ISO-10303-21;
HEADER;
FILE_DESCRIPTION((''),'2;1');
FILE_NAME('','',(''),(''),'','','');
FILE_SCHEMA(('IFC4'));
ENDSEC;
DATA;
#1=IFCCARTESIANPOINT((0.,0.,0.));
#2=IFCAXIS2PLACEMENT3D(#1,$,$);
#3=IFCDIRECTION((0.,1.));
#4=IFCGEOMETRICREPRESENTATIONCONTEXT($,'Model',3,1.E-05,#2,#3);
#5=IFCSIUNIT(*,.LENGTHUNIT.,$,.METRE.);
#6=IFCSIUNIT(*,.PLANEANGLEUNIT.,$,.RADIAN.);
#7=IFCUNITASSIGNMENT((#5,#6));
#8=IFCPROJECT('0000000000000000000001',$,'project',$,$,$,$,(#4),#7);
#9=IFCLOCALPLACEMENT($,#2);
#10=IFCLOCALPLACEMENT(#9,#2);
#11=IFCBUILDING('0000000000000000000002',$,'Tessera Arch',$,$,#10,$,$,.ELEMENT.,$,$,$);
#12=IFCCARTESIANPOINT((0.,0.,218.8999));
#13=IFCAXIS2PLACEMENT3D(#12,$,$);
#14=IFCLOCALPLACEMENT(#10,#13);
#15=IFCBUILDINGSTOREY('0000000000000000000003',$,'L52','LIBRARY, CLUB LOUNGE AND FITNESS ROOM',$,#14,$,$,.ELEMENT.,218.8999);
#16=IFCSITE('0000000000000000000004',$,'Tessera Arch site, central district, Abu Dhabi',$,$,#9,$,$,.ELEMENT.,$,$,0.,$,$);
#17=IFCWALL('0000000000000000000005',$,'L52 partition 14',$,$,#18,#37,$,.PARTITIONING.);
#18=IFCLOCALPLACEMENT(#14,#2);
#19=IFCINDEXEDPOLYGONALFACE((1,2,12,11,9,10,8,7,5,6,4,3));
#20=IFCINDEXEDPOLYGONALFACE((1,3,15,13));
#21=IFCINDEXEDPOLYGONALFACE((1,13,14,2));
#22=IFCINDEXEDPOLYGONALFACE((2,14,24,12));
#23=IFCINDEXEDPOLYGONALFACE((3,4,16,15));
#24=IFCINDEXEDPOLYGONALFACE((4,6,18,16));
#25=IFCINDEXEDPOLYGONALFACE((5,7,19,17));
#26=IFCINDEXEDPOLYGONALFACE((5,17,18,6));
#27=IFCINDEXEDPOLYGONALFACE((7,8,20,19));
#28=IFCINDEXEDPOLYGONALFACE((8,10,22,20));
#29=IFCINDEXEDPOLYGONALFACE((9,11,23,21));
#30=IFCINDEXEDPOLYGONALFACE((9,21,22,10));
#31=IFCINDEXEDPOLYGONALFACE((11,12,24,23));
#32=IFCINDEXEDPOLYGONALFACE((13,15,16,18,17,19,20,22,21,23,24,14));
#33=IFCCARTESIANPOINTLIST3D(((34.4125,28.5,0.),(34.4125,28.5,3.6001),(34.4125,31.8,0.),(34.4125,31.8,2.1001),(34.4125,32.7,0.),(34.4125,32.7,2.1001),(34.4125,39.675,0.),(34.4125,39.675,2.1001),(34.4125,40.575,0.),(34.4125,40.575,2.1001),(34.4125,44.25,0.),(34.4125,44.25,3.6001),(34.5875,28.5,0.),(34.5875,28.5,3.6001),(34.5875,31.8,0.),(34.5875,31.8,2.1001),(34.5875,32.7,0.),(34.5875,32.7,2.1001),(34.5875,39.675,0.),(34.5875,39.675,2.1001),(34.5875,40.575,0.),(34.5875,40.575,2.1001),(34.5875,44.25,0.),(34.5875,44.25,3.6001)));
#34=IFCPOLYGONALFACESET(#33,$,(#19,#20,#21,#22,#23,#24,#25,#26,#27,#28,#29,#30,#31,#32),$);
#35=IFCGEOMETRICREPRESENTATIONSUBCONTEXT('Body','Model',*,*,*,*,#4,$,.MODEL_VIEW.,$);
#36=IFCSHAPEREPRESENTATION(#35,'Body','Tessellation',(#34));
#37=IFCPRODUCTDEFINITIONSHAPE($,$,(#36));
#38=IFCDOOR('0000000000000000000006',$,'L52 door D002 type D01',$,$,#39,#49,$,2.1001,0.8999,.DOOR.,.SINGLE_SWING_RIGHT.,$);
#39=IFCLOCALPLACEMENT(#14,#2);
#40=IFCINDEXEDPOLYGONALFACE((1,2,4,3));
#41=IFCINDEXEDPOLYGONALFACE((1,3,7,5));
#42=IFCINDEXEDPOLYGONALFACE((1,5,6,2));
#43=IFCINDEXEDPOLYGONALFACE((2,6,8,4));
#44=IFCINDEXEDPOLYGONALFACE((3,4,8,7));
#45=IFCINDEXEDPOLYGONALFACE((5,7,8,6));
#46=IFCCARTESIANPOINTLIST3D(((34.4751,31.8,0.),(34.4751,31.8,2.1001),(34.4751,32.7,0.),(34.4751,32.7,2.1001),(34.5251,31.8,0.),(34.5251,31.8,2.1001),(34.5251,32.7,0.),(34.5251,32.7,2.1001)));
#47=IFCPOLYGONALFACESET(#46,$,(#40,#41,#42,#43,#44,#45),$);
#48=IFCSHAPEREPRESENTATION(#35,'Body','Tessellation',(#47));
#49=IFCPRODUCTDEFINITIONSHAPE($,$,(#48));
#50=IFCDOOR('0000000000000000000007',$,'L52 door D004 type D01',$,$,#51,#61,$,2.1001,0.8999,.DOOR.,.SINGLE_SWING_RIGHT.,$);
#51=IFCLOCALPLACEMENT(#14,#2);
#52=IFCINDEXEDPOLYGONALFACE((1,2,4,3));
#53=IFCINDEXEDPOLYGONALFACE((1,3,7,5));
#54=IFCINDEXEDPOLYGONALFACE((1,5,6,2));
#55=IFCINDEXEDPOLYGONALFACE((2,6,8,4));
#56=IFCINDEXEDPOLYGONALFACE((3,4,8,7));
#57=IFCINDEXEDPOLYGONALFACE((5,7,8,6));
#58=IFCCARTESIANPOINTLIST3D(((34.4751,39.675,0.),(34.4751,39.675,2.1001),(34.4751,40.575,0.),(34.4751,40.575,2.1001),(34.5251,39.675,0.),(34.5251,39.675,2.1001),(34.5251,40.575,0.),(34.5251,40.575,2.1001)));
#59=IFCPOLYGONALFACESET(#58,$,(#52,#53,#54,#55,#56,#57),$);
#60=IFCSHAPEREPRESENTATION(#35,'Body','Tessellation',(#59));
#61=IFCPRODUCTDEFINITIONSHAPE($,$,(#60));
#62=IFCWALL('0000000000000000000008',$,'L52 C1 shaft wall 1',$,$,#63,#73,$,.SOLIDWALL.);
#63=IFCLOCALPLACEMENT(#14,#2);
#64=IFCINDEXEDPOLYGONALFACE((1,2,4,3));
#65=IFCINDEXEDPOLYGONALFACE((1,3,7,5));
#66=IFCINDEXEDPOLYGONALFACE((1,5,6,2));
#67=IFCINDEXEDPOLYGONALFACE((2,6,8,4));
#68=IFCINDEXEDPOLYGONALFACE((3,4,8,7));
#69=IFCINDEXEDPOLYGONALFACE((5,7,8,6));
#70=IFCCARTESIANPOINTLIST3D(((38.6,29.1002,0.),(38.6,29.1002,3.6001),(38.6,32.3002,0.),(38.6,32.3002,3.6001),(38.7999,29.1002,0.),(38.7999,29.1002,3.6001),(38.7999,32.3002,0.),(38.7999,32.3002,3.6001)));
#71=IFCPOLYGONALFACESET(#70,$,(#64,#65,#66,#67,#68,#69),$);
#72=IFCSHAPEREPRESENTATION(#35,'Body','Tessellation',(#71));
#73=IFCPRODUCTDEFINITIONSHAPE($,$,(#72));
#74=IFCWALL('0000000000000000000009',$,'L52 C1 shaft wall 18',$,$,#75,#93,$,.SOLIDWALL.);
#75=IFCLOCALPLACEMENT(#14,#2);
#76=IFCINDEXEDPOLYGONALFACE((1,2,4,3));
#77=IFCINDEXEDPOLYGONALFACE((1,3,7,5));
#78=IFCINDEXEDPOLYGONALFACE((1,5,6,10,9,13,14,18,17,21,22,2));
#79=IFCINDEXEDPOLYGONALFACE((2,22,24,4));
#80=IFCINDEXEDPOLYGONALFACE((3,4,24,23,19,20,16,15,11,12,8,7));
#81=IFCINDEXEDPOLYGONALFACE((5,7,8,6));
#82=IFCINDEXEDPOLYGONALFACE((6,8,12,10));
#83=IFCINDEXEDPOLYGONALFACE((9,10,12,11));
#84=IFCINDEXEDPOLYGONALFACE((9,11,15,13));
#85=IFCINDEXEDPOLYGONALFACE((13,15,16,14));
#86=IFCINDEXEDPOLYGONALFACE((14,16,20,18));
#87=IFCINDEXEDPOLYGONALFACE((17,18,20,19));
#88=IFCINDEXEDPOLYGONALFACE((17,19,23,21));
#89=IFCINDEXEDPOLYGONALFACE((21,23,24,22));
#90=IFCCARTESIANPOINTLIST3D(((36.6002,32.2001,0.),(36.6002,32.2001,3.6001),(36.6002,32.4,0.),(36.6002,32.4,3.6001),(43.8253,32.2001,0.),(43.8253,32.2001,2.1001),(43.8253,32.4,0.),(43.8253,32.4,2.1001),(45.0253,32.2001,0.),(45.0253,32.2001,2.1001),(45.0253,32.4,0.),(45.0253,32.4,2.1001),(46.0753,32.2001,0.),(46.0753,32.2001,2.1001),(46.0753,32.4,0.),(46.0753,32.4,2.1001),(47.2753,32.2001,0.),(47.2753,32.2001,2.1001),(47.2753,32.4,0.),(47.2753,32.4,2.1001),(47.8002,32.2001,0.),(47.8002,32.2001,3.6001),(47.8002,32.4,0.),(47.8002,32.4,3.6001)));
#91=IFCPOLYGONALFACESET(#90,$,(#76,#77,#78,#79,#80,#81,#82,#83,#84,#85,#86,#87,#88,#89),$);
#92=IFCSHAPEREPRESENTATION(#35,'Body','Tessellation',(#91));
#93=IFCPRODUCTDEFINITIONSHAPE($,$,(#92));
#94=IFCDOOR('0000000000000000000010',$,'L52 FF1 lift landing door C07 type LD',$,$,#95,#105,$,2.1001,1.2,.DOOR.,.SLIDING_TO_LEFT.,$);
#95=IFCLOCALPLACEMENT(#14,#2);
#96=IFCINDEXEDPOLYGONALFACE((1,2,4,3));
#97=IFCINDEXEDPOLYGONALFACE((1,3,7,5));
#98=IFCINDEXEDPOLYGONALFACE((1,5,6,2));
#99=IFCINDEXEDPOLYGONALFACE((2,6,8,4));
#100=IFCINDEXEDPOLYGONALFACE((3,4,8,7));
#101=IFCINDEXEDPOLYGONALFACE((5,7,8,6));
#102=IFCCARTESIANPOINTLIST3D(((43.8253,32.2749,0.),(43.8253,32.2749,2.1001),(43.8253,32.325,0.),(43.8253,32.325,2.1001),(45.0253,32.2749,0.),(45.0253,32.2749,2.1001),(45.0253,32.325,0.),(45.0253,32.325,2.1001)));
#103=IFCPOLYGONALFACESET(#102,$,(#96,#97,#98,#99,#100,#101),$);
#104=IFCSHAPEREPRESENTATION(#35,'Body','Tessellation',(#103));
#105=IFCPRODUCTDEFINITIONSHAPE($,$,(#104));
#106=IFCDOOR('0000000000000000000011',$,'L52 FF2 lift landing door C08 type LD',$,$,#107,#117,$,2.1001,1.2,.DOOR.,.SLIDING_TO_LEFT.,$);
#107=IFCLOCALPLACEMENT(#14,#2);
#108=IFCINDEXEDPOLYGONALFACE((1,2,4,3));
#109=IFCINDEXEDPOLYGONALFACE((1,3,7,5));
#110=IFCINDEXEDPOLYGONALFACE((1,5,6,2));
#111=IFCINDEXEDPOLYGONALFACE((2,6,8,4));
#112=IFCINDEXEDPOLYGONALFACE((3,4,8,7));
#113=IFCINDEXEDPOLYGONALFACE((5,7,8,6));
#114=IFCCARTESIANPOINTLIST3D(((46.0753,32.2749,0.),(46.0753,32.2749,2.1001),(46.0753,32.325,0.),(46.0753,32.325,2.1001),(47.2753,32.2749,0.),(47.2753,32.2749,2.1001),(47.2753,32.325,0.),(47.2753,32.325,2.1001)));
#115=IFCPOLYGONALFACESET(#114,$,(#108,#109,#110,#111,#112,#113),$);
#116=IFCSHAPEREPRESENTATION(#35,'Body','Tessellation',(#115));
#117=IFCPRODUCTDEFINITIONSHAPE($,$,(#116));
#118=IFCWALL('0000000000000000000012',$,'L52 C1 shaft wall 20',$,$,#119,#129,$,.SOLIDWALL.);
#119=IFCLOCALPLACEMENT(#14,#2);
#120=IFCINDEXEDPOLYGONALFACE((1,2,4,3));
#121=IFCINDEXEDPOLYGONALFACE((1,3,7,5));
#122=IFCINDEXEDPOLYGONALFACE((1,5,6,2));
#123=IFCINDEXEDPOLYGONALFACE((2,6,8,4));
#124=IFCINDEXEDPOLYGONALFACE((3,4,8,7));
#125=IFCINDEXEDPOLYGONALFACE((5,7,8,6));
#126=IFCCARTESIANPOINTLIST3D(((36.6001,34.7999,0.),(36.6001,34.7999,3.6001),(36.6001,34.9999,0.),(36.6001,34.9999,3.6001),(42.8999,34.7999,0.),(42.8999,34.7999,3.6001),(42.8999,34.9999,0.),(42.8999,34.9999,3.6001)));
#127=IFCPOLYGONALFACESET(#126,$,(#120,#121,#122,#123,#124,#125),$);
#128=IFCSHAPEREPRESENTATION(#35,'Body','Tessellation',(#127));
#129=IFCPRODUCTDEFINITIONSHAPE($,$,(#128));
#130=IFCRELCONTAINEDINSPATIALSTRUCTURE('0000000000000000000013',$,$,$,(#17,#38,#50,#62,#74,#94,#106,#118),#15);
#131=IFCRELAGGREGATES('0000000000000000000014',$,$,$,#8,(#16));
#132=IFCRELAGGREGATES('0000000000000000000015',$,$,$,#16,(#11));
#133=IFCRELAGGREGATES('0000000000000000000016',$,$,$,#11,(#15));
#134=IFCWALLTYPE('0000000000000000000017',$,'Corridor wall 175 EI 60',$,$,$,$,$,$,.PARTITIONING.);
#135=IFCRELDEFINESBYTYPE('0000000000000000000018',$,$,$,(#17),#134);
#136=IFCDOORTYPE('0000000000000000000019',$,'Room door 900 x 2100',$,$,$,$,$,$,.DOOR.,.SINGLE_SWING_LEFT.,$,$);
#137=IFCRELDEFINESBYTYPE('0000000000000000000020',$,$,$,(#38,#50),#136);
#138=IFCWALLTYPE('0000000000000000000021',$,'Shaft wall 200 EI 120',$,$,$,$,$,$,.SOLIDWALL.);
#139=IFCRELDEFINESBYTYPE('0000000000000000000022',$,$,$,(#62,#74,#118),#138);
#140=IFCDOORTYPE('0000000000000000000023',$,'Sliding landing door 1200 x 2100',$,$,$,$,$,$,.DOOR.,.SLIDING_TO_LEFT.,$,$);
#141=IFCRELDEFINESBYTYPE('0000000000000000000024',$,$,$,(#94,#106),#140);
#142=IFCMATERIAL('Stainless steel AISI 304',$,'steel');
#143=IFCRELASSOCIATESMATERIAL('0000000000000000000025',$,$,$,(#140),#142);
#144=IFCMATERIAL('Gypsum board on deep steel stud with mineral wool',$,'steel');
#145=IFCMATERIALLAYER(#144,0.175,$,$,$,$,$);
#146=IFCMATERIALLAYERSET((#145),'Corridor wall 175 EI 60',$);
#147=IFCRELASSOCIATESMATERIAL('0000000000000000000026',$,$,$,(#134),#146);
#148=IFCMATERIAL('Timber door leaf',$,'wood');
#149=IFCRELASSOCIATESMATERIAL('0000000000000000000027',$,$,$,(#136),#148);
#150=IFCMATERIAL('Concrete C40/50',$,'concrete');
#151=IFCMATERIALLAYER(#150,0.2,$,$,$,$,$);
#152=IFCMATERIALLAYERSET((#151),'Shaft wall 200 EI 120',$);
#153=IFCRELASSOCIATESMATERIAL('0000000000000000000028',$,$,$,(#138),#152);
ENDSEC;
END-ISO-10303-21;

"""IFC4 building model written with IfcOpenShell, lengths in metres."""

from ifc_helpers import new_model, si_unit, direction, frame, frame_2d, origin, place, context, subcontext, project, spatial, rectangle, extrude, material, layer, layer_set, type_object, element, fill, save


model = new_model("IFC4")

# Units and contexts
model_context = context("Model", 3, precision=1e-05, world=origin(), true_north=direction((0.0, 1.0)))
body_context = subcontext(model_context, "Body", "Model", "MODEL_VIEW")
ifc_project = project(units=[si_unit("LENGTHUNIT", "METRE"), si_unit("PLANEANGLEUNIT", "RADIAN")], contexts=[model_context])

# Site, building, storey
site_placement = place(None, origin())
site = spatial("IfcSite", under=ifc_project, at=site_placement, Name="Tessera Arch site, central district, Abu Dhabi", CompositionType="ELEMENT", RefElevation=0.0)
building_placement = place(site_placement, origin())
building = spatial("IfcBuilding", under=site, at=building_placement, Name="Tessera Arch", CompositionType="ELEMENT")
storey_placement = place(building_placement, frame((0.0, 0.0, 218.8999)))
storey = spatial("IfcBuildingStorey", under=building, at=storey_placement, Name="L52", Description="LIBRARY, CLUB LOUNGE AND FITNESS ROOM", CompositionType="ELEMENT", Elevation=218.8999)

# Shared definitions
ifc_material_1 = material(Name="Stainless steel AISI 304", Category="steel")
door_type_1 = type_object("IfcDoorType", Name="Sliding landing door 1200 x 2100", OperationType="SLIDING_TO_LEFT", PredefinedType="DOOR", material=ifc_material_1)

# Shared definitions
ifc_material_2 = material(Name="Gypsum board on deep steel stud with mineral wool", Category="steel")
ifc_layer_1 = layer(ifc_material_2, 0.175)
ifc_layer_set_1 = layer_set([ifc_layer_1], Name="Corridor wall 175 EI 60")
wall_type_1 = type_object("IfcWallType", Name="Corridor wall 175 EI 60", PredefinedType="PARTITIONING", material=ifc_layer_set_1)

# Wall, openings, doors
wall_1_placement = place(storey_placement, frame((34.5, 28.5, 0.0), z_axis=(0.0, 0.0, 1.0), x_axis=(0.0, 1.0, 0.0)))
wall_1 = element("IfcWall", 1, at=wall_1_placement, inside=storey, type_object=wall_type_1, Name="L52 partition 14", PredefinedType="PARTITIONING", context=body_context, shape_type="SweptSolid", body=[
    extrude(rectangle(XDim=15.75, YDim=0.175, at=frame_2d((7.875, 0.0))), origin(), (0.0, 0.0, 1.0), 3.6001),
])
opening_1_placement = place(wall_1_placement, frame((3.3, 0.0, 0.0)))
opening_1 = element("IfcOpeningElement", 2, at=opening_1_placement, cuts=wall_1, PredefinedType="OPENING", context=body_context, shape_type="SweptSolid", body=[
    extrude(rectangle(XDim=0.8999, YDim=2.1001, at=frame_2d((0.45, 1.05))), frame((0.0, 0.0974, 0.0), z_axis=(0.0, -1.0, 0.0), x_axis=(1.0, 0.0, 0.0)), (0.0, 0.0, 1.0), 0.1951),
])
opening_2_placement = place(wall_1_placement, frame((11.175, 0.0, 0.0)))
opening_2 = element("IfcOpeningElement", 3, at=opening_2_placement, cuts=wall_1, PredefinedType="OPENING", context=body_context, shape_type="SweptSolid", body=[
    extrude(rectangle(XDim=0.8999, YDim=2.1001, at=frame_2d((0.45, 1.05))), frame((0.0, 0.0974, 0.0), z_axis=(0.0, -1.0, 0.0), x_axis=(1.0, 0.0, 0.0)), (0.0, 0.0, 1.0), 0.1951),
])
ifc_material_3 = material(Name="Timber door leaf", Category="wood")
door_type_2 = type_object("IfcDoorType", Name="Room door 900 x 2100", OperationType="SINGLE_SWING_LEFT", PredefinedType="DOOR", material=ifc_material_3)
door_1_placement = place(opening_1_placement, origin())
door_1 = element("IfcDoor", 4, at=door_1_placement, inside=storey, type_object=door_type_2, Name="L52 door D002 type D01", OperationType="SINGLE_SWING_RIGHT", OverallHeight=2.1001, OverallWidth=0.8999, PredefinedType="DOOR", context=body_context, shape_type="SweptSolid", body=[
    extrude(rectangle(XDim=0.8999, YDim=2.1001, at=frame_2d((0.45, 1.05))), frame((0.0, 0.0249, 0.0), z_axis=(0.0, -1.0, 0.0), x_axis=(1.0, 0.0, 0.0)), (0.0, 0.0, 1.0), 0.05),
])
fill(opening_1, door_1)
door_2_placement = place(opening_2_placement, origin())
door_2 = element("IfcDoor", 5, at=door_2_placement, inside=storey, type_object=door_type_2, Name="L52 door D004 type D01", OperationType="SINGLE_SWING_RIGHT", OverallHeight=2.1001, OverallWidth=0.8999, PredefinedType="DOOR", context=body_context, shape_type="SweptSolid", body=[
    extrude(rectangle(XDim=0.8999, YDim=2.1001, at=frame_2d((0.45, 1.05))), frame((0.0, 0.0249, 0.0), z_axis=(0.0, -1.0, 0.0), x_axis=(1.0, 0.0, 0.0)), (0.0, 0.0, 1.0), 0.05),
])
fill(opening_2, door_2)

# Wall
ifc_material_4 = material(Name="Concrete C40/50", Category="concrete")
ifc_layer_2 = layer(ifc_material_4, 0.2)
ifc_layer_set_2 = layer_set([ifc_layer_2], Name="Shaft wall 200 EI 120")
wall_type_2 = type_object("IfcWallType", Name="Shaft wall 200 EI 120", PredefinedType="SOLIDWALL", material=ifc_layer_set_2)
wall_2_placement = place(storey_placement, frame((38.7, 29.1001, 0.0), z_axis=(0.0, 0.0, 1.0), x_axis=(0.0, 1.0, 0.0)))
element("IfcWall", 6, at=wall_2_placement, inside=storey, type_object=wall_type_2, Name="L52 C1 shaft wall 1", PredefinedType="SOLIDWALL", context=body_context, shape_type="SweptSolid", body=[
    extrude(rectangle(XDim=3.2, YDim=0.2, at=frame_2d((1.6001, 0.0))), origin(), (0.0, 0.0, 1.0), 3.6001),
])

# Wall, openings, doors
wall_3_placement = place(storey_placement, frame((36.6001, 32.3, 0.0), z_axis=(0.0, 0.0, 1.0), x_axis=(1.0, 0.0, 0.0)))
wall_3 = element("IfcWall", 7, at=wall_3_placement, inside=storey, type_object=wall_type_2, Name="L52 C1 shaft wall 18", PredefinedType="SOLIDWALL", context=body_context, shape_type="SweptSolid", body=[
    extrude(rectangle(XDim=11.2, YDim=0.2, at=frame_2d((5.6001, 0.0))), origin(), (0.0, 0.0, 1.0), 3.6001),
])
opening_3_placement = place(wall_3_placement, frame((7.2251, 0.0, 0.0)))
opening_3 = element("IfcOpeningElement", 8, at=opening_3_placement, cuts=wall_3, PredefinedType="OPENING", context=body_context, shape_type="SweptSolid", body=[
    extrude(rectangle(XDim=1.2, YDim=2.1001, at=frame_2d((0.6001, 1.05))), frame((0.0, 0.1099, 0.0), z_axis=(0.0, -1.0, 0.0), x_axis=(1.0, 0.0, 0.0)), (0.0, 0.0, 1.0), 0.22),
])
opening_4_placement = place(wall_3_placement, frame((9.4751, 0.0, 0.0)))
opening_4 = element("IfcOpeningElement", 9, at=opening_4_placement, cuts=wall_3, PredefinedType="OPENING", context=body_context, shape_type="SweptSolid", body=[
    extrude(rectangle(XDim=1.2, YDim=2.1001, at=frame_2d((0.6001, 1.05))), frame((0.0, 0.1099, 0.0), z_axis=(0.0, -1.0, 0.0), x_axis=(1.0, 0.0, 0.0)), (0.0, 0.0, 1.0), 0.22),
])
door_3_placement = place(opening_3_placement, origin())
door_3 = element("IfcDoor", 10, at=door_3_placement, inside=storey, type_object=door_type_1, Name="L52 FF1 lift landing door C07 type LD", OperationType="SLIDING_TO_LEFT", OverallHeight=2.1001, OverallWidth=1.2, PredefinedType="DOOR", context=body_context, shape_type="SweptSolid", body=[
    extrude(rectangle(XDim=1.2, YDim=2.1001, at=frame_2d((0.6001, 1.05))), frame((0.0, 0.0249, 0.0), z_axis=(0.0, -1.0, 0.0), x_axis=(1.0, 0.0, 0.0)), (0.0, 0.0, 1.0), 0.05),
])
fill(opening_3, door_3)
door_4_placement = place(opening_4_placement, origin())
door_4 = element("IfcDoor", 11, at=door_4_placement, inside=storey, type_object=door_type_1, Name="L52 FF2 lift landing door C08 type LD", OperationType="SLIDING_TO_LEFT", OverallHeight=2.1001, OverallWidth=1.2, PredefinedType="DOOR", context=body_context, shape_type="SweptSolid", body=[
    extrude(rectangle(XDim=1.2, YDim=2.1001, at=frame_2d((0.6001, 1.05))), frame((0.0, 0.0249, 0.0), z_axis=(0.0, -1.0, 0.0), x_axis=(1.0, 0.0, 0.0)), (0.0, 0.0, 1.0), 0.05),
])
fill(opening_4, door_4)

# Wall
wall_4_placement = place(storey_placement, frame((36.6001, 34.8999, 0.0), z_axis=(0.0, 0.0, 1.0), x_axis=(1.0, 0.0, 0.0)))
element("IfcWall", 12, at=wall_4_placement, inside=storey, type_object=wall_type_2, Name="L52 C1 shaft wall 20", PredefinedType="SOLIDWALL", context=body_context, shape_type="SweptSolid", body=[
    extrude(rectangle(XDim=6.2998, YDim=0.2, at=frame_2d((3.1499, 0.0))), origin(), (0.0, 0.0, 1.0), 3.6001),
])

save(model, "model.ifc")
